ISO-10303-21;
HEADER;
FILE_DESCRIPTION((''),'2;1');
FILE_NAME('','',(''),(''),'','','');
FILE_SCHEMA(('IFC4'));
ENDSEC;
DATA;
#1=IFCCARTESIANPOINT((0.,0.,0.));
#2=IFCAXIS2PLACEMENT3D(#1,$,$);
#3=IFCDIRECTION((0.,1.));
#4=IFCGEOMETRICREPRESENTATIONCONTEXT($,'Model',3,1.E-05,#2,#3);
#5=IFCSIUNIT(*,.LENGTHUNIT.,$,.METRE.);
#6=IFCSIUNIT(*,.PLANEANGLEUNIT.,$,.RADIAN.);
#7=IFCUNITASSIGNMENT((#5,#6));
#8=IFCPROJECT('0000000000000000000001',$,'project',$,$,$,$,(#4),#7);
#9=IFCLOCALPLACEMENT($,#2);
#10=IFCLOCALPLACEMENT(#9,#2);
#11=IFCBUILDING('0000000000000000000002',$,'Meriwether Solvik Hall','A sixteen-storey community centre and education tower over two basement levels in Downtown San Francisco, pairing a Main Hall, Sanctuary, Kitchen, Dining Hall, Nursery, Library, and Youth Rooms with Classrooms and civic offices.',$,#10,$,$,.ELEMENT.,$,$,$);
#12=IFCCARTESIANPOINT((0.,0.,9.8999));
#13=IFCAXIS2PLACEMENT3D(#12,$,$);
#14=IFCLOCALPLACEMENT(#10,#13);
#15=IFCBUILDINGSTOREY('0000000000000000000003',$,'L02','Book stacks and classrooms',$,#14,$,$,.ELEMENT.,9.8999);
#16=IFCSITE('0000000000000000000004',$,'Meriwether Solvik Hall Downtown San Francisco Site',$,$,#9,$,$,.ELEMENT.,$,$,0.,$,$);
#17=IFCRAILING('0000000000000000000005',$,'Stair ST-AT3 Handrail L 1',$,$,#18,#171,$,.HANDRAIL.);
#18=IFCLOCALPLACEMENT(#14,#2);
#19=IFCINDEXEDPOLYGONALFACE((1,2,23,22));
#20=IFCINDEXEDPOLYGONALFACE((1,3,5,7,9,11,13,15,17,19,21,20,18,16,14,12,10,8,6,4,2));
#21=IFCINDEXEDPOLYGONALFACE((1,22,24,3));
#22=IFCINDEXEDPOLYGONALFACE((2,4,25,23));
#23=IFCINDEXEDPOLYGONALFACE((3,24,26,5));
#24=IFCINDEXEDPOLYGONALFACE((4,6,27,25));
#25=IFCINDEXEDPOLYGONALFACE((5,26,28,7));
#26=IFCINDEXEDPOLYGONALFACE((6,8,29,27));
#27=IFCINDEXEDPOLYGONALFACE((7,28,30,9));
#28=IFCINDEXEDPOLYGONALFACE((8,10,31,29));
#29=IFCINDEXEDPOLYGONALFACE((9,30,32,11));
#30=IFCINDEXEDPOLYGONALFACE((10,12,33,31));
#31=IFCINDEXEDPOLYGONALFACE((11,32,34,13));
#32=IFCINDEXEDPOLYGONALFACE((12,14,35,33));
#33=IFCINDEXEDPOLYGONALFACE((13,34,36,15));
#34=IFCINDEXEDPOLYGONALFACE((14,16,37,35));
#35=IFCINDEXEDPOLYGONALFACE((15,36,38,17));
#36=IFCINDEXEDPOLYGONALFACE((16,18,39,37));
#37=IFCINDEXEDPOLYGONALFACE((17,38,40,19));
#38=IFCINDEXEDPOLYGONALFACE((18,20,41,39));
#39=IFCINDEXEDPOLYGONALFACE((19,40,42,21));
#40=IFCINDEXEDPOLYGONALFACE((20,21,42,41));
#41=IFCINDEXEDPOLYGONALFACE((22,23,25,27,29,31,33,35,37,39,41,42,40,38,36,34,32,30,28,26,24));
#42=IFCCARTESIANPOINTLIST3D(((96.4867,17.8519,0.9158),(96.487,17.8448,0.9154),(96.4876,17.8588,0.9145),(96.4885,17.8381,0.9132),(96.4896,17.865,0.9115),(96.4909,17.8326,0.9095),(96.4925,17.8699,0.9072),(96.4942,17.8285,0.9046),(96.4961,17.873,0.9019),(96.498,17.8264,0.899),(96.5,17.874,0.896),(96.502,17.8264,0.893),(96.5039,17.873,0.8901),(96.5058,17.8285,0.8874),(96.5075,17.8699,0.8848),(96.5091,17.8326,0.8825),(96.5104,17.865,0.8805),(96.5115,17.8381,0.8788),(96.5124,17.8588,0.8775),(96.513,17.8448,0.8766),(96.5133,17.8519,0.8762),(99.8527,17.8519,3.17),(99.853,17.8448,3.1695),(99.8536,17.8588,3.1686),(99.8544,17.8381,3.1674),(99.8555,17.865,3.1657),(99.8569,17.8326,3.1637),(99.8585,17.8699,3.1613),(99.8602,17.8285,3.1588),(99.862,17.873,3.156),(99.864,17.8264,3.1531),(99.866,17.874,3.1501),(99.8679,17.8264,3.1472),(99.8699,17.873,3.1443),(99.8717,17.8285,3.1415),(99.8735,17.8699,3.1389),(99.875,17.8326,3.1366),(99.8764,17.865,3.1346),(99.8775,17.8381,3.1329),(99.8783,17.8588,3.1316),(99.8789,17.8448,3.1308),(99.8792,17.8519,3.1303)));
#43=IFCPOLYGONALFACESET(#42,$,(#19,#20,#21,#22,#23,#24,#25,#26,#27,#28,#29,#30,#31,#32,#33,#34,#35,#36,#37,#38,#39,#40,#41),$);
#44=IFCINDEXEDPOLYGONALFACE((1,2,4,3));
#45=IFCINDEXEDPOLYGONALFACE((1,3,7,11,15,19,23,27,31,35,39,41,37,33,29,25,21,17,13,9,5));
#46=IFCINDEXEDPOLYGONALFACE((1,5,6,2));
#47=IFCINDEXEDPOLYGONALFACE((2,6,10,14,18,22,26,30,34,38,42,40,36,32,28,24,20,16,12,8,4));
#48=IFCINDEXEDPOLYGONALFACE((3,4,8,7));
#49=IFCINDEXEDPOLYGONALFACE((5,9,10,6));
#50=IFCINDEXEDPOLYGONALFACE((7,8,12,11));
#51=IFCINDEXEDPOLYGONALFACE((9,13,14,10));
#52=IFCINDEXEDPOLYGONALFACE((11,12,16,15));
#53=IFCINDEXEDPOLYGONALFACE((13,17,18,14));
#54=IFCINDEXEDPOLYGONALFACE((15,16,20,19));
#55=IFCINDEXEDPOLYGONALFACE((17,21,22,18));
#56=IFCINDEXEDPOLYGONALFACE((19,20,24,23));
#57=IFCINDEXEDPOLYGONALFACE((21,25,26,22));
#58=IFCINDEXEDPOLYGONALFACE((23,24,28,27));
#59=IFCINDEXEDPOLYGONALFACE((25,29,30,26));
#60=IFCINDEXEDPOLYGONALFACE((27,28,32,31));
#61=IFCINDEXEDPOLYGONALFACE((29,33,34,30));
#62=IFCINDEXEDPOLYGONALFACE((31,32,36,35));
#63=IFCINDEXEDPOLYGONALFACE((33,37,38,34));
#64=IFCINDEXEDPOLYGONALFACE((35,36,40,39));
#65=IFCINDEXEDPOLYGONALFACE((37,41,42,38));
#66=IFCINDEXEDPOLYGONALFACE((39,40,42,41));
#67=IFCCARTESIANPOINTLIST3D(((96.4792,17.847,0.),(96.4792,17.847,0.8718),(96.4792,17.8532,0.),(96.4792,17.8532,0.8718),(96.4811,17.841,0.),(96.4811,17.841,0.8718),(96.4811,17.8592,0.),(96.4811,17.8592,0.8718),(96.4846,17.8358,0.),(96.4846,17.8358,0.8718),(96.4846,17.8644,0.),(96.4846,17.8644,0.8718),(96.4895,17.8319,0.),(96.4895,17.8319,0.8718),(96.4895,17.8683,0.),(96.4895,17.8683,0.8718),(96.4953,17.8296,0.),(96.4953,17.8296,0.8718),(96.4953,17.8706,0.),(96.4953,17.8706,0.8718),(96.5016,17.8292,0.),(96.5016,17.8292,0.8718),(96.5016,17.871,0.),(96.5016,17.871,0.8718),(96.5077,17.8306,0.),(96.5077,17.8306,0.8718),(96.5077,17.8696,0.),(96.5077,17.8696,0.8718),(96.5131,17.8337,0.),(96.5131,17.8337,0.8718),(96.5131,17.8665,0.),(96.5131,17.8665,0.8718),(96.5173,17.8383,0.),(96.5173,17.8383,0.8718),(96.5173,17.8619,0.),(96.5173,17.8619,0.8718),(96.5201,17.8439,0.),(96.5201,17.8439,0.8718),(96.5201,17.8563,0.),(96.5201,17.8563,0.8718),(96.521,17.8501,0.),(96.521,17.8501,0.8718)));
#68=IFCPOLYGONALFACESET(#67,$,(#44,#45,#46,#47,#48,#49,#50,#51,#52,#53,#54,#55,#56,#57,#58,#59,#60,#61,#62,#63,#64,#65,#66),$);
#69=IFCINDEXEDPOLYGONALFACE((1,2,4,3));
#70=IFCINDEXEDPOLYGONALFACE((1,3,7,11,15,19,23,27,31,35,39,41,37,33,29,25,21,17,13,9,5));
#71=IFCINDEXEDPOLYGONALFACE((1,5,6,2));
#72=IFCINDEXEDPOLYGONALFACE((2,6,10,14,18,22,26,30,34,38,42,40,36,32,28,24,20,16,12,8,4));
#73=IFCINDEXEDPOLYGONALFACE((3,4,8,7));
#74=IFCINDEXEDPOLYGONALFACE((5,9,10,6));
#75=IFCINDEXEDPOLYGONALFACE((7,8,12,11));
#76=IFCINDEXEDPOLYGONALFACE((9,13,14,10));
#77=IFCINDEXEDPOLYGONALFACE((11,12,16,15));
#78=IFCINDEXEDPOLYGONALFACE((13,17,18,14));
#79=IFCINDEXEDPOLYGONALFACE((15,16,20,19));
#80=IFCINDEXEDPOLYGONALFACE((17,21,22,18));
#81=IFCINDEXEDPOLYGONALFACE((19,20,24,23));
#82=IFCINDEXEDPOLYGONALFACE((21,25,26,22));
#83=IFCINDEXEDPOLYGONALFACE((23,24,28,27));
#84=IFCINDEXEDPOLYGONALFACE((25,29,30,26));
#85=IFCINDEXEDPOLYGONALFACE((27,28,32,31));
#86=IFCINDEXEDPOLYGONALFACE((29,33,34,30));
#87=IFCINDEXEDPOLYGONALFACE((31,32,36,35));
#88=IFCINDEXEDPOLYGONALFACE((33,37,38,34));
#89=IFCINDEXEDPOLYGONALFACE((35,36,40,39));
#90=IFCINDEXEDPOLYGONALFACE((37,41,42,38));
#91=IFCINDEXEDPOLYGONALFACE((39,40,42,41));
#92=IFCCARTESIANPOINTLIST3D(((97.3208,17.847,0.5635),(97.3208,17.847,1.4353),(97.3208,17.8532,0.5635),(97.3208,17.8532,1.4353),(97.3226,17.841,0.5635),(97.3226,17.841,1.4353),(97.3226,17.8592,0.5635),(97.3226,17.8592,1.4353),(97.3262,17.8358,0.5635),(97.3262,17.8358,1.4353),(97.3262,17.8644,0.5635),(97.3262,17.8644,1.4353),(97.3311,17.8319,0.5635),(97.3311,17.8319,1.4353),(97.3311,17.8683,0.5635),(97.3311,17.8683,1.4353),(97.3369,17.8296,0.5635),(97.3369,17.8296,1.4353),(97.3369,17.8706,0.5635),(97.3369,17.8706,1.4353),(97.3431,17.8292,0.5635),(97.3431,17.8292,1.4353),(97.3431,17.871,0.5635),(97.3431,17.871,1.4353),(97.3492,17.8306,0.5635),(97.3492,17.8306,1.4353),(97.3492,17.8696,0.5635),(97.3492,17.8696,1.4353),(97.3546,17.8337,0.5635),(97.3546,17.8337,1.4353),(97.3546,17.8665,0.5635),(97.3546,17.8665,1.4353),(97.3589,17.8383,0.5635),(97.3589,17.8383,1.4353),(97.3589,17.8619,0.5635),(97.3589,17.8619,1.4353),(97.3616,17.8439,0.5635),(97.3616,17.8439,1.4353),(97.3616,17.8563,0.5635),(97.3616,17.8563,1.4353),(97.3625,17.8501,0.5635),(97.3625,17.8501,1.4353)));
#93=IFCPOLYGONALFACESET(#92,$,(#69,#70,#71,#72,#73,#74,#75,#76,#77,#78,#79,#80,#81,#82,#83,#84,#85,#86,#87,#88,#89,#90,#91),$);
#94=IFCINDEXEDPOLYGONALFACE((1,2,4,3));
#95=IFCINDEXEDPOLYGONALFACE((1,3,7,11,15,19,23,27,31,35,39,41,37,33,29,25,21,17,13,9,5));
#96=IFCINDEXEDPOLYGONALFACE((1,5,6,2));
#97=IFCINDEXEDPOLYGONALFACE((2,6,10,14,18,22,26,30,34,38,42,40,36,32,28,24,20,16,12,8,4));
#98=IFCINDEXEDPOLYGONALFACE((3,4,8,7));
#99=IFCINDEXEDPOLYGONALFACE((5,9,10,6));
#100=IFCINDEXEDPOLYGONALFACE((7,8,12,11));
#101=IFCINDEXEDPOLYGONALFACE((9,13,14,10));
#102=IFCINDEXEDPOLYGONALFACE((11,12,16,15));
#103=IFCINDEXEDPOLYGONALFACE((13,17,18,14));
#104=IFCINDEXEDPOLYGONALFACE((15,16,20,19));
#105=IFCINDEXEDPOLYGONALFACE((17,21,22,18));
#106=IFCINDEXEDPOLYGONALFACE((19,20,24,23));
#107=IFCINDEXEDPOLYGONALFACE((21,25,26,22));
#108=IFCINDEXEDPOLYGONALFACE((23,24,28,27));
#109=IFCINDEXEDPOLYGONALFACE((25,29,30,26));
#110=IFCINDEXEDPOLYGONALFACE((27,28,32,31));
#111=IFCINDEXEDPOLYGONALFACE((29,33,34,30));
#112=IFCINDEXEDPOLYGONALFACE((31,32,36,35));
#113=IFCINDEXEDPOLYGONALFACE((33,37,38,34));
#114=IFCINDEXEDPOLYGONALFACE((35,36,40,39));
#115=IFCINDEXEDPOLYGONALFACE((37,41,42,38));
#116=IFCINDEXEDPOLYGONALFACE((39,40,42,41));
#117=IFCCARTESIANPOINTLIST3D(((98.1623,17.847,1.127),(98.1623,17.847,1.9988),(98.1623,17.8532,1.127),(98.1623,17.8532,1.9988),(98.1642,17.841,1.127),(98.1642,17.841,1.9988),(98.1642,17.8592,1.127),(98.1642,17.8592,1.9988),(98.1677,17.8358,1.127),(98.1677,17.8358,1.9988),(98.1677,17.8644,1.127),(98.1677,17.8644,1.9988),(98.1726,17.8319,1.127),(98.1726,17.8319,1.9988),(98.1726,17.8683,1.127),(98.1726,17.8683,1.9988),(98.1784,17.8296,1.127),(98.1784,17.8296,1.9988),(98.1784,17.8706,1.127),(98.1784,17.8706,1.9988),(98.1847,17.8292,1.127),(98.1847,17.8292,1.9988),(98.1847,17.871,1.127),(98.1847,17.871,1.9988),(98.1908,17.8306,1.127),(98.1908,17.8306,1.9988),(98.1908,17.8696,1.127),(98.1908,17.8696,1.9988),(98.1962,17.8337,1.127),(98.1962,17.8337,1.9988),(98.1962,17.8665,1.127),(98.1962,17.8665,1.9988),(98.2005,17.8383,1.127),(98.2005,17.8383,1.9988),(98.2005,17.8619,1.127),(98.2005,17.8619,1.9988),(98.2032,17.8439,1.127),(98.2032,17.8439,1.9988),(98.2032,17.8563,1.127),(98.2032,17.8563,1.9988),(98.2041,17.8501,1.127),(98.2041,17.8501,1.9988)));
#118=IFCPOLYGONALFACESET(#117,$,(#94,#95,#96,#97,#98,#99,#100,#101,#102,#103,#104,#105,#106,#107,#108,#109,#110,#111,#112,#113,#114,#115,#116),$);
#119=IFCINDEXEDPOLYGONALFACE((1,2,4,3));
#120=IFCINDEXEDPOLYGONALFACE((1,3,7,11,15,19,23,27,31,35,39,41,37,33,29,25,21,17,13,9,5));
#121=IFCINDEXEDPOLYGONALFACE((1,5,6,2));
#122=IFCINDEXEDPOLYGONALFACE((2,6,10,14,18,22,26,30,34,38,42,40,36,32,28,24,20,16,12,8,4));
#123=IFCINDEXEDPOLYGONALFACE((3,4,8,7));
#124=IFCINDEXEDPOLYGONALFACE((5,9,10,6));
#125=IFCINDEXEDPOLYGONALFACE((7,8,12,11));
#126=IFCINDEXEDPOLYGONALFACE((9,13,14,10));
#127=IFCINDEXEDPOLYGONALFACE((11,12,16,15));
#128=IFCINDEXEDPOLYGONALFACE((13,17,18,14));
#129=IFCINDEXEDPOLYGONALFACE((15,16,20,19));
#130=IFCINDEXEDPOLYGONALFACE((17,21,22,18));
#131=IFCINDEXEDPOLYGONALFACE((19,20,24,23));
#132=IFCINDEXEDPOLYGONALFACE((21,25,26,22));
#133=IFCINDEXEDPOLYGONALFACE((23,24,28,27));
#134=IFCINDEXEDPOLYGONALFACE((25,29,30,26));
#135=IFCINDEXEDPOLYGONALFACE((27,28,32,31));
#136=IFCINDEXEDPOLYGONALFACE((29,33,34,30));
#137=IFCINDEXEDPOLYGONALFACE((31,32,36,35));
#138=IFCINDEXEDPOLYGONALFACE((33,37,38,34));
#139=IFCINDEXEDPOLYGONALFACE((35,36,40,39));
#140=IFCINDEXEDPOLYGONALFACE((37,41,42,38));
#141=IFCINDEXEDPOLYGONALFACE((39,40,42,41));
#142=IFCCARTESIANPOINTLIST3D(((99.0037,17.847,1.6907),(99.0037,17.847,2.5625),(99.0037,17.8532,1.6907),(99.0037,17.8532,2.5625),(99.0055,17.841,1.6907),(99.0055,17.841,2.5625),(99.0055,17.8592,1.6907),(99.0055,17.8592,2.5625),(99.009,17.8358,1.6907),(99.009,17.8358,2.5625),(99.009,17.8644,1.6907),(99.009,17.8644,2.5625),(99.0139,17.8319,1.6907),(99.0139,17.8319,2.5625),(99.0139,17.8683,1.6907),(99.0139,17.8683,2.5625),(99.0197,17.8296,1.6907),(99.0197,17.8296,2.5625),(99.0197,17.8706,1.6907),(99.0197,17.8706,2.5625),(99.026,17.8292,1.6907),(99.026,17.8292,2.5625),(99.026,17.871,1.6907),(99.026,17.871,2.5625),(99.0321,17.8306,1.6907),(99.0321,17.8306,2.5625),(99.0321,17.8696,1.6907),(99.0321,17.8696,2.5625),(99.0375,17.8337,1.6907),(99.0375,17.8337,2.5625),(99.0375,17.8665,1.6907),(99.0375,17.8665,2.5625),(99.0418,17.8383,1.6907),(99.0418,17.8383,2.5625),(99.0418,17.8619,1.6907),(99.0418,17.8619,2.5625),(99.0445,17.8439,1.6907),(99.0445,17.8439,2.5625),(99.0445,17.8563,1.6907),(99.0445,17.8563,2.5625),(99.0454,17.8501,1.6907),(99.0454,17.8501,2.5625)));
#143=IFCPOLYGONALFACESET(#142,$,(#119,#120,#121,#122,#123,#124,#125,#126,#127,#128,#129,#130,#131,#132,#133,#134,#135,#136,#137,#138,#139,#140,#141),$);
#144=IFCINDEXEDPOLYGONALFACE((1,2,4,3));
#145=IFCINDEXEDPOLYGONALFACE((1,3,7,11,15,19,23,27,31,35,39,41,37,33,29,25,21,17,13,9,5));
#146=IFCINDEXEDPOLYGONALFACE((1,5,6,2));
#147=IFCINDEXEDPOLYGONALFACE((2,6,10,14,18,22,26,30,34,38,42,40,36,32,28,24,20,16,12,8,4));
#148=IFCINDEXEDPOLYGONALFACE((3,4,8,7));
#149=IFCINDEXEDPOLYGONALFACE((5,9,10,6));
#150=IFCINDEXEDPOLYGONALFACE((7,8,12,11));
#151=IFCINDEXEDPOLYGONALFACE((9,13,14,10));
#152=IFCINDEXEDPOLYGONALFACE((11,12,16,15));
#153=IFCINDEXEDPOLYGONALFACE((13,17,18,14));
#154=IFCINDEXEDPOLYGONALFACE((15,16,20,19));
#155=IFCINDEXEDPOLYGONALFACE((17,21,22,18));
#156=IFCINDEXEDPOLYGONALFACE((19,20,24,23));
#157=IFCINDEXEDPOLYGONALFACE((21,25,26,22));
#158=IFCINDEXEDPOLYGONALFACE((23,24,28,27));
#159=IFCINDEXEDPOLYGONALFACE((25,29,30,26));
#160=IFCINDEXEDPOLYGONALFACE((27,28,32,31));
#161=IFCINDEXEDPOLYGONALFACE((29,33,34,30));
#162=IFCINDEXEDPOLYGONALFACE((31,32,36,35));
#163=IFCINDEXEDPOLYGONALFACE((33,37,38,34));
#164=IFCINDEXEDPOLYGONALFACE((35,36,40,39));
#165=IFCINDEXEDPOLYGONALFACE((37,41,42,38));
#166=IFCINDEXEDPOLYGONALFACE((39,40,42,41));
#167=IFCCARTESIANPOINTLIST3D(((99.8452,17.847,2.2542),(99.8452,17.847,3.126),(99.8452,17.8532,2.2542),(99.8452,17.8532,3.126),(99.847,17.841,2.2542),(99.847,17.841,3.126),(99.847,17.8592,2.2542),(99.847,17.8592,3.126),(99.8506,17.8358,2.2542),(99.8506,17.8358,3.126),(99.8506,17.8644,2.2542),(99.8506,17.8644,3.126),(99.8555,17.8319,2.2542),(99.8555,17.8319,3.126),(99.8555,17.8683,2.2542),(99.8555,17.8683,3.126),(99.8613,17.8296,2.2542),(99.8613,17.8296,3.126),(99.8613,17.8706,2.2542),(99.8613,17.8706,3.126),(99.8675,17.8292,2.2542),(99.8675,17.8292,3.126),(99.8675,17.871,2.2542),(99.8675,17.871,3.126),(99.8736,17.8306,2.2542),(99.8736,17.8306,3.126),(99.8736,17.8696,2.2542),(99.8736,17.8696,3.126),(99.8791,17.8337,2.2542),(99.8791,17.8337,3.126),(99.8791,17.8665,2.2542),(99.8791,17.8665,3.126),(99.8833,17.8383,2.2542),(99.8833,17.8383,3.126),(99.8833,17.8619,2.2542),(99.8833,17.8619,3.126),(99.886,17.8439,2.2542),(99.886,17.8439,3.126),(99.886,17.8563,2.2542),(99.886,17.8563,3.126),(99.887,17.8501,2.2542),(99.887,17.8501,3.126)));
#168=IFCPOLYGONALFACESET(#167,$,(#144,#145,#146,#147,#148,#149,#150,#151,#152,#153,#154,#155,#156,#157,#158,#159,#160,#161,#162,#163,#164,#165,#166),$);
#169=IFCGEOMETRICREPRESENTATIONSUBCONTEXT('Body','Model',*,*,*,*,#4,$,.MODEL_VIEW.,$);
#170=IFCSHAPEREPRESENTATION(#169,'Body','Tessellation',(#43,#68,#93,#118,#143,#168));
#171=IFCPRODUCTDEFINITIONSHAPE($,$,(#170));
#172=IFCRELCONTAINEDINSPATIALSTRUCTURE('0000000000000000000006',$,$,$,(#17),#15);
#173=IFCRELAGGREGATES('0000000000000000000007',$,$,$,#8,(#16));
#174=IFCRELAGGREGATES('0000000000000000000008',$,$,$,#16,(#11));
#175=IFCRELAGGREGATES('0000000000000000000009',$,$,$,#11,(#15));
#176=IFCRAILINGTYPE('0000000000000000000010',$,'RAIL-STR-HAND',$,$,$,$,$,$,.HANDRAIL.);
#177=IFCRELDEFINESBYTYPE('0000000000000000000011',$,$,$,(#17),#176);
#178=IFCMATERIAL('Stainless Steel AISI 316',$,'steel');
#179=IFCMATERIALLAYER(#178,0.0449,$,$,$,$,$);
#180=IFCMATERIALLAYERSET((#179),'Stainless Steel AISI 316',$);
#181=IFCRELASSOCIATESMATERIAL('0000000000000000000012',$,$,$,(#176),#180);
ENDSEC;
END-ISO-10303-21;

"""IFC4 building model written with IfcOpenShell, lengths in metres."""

from ifc_helpers import new_model, si_unit, direction, frame, origin, origin_2d, place, context, subcontext, project, spatial, circle, extrude, material, layer, layer_set, type_object, element, save


model = new_model("IFC4")

# Units and contexts
model_context = context("Model", 3, precision=1e-05, world=origin(), true_north=direction((0.0, 1.0)))
body_context = subcontext(model_context, "Body", "Model", "MODEL_VIEW")
ifc_project = project(units=[si_unit("LENGTHUNIT", "METRE"), si_unit("PLANEANGLEUNIT", "RADIAN")], contexts=[model_context])

# Site, building, storey
site_placement = place(None, origin())
site = spatial("IfcSite", under=ifc_project, at=site_placement, Name="Meriwether Solvik Hall Downtown San Francisco Site", CompositionType="ELEMENT", RefElevation=0.0)
building_placement = place(site_placement, origin())
building = spatial("IfcBuilding", under=site, at=building_placement, Name="Meriwether Solvik Hall", Description="A sixteen-storey community centre and education tower over two basement levels in Downtown San Francisco, pairing a Main Hall, Sanctuary, Kitchen, Dining Hall, Nursery, Library, and Youth Rooms with Classrooms and civic offices.", CompositionType="ELEMENT")
storey_placement = place(building_placement, frame((0.0, 0.0, 9.8999)))
storey = spatial("IfcBuildingStorey", under=building, at=storey_placement, Name="L02", Description="Book stacks and classrooms", CompositionType="ELEMENT", Elevation=9.8999)

# Railing
ifc_material_1 = material(Name="Stainless Steel AISI 316", Category="steel")
ifc_layer_1 = layer(ifc_material_1, 0.0449)
ifc_layer_set_1 = layer_set([ifc_layer_1], Name="Stainless Steel AISI 316")
railing_type_1 = type_object("IfcRailingType", Name="RAIL-STR-HAND", PredefinedType="HANDRAIL", material=ifc_layer_set_1)
railing_1_placement = place(storey_placement, frame((96.5, 17.8501, 0.0)))
element("IfcRailing", 1, at=railing_1_placement, inside=storey, type_object=railing_type_1, Name="Stair ST-AT3 Handrail L 1", PredefinedType="HANDRAIL", context=body_context, shape_type="SweptSolid", body=[
    extrude(circle(Radius=0.0239, at=origin_2d()), frame((0.0, 0.0, 0.896), z_axis=(0.83089, 0.0, 0.556437), x_axis=(0.0, 1.0, 0.0)), (0.0, 0.0, 1.0), 4.051),
    extrude(circle(Radius=0.021, at=origin_2d()), origin(), (0.0, 0.0, 1.0), 0.8718),
    extrude(circle(Radius=0.021, at=origin_2d()), frame((0.8416, 0.0, 0.5635)), (0.0, 0.0, 1.0), 0.8718),
    extrude(circle(Radius=0.021, at=origin_2d()), frame((1.6831, 0.0, 1.127)), (0.0, 0.0, 1.0), 0.8718),
    extrude(circle(Radius=0.021, at=origin_2d()), frame((2.5244, 0.0, 1.6907)), (0.0, 0.0, 1.0), 0.8718),
    extrude(circle(Radius=0.021, at=origin_2d()), frame((3.366, 0.0, 2.2542)), (0.0, 0.0, 1.0), 0.8718),
])

save(model, "model.ifc")
